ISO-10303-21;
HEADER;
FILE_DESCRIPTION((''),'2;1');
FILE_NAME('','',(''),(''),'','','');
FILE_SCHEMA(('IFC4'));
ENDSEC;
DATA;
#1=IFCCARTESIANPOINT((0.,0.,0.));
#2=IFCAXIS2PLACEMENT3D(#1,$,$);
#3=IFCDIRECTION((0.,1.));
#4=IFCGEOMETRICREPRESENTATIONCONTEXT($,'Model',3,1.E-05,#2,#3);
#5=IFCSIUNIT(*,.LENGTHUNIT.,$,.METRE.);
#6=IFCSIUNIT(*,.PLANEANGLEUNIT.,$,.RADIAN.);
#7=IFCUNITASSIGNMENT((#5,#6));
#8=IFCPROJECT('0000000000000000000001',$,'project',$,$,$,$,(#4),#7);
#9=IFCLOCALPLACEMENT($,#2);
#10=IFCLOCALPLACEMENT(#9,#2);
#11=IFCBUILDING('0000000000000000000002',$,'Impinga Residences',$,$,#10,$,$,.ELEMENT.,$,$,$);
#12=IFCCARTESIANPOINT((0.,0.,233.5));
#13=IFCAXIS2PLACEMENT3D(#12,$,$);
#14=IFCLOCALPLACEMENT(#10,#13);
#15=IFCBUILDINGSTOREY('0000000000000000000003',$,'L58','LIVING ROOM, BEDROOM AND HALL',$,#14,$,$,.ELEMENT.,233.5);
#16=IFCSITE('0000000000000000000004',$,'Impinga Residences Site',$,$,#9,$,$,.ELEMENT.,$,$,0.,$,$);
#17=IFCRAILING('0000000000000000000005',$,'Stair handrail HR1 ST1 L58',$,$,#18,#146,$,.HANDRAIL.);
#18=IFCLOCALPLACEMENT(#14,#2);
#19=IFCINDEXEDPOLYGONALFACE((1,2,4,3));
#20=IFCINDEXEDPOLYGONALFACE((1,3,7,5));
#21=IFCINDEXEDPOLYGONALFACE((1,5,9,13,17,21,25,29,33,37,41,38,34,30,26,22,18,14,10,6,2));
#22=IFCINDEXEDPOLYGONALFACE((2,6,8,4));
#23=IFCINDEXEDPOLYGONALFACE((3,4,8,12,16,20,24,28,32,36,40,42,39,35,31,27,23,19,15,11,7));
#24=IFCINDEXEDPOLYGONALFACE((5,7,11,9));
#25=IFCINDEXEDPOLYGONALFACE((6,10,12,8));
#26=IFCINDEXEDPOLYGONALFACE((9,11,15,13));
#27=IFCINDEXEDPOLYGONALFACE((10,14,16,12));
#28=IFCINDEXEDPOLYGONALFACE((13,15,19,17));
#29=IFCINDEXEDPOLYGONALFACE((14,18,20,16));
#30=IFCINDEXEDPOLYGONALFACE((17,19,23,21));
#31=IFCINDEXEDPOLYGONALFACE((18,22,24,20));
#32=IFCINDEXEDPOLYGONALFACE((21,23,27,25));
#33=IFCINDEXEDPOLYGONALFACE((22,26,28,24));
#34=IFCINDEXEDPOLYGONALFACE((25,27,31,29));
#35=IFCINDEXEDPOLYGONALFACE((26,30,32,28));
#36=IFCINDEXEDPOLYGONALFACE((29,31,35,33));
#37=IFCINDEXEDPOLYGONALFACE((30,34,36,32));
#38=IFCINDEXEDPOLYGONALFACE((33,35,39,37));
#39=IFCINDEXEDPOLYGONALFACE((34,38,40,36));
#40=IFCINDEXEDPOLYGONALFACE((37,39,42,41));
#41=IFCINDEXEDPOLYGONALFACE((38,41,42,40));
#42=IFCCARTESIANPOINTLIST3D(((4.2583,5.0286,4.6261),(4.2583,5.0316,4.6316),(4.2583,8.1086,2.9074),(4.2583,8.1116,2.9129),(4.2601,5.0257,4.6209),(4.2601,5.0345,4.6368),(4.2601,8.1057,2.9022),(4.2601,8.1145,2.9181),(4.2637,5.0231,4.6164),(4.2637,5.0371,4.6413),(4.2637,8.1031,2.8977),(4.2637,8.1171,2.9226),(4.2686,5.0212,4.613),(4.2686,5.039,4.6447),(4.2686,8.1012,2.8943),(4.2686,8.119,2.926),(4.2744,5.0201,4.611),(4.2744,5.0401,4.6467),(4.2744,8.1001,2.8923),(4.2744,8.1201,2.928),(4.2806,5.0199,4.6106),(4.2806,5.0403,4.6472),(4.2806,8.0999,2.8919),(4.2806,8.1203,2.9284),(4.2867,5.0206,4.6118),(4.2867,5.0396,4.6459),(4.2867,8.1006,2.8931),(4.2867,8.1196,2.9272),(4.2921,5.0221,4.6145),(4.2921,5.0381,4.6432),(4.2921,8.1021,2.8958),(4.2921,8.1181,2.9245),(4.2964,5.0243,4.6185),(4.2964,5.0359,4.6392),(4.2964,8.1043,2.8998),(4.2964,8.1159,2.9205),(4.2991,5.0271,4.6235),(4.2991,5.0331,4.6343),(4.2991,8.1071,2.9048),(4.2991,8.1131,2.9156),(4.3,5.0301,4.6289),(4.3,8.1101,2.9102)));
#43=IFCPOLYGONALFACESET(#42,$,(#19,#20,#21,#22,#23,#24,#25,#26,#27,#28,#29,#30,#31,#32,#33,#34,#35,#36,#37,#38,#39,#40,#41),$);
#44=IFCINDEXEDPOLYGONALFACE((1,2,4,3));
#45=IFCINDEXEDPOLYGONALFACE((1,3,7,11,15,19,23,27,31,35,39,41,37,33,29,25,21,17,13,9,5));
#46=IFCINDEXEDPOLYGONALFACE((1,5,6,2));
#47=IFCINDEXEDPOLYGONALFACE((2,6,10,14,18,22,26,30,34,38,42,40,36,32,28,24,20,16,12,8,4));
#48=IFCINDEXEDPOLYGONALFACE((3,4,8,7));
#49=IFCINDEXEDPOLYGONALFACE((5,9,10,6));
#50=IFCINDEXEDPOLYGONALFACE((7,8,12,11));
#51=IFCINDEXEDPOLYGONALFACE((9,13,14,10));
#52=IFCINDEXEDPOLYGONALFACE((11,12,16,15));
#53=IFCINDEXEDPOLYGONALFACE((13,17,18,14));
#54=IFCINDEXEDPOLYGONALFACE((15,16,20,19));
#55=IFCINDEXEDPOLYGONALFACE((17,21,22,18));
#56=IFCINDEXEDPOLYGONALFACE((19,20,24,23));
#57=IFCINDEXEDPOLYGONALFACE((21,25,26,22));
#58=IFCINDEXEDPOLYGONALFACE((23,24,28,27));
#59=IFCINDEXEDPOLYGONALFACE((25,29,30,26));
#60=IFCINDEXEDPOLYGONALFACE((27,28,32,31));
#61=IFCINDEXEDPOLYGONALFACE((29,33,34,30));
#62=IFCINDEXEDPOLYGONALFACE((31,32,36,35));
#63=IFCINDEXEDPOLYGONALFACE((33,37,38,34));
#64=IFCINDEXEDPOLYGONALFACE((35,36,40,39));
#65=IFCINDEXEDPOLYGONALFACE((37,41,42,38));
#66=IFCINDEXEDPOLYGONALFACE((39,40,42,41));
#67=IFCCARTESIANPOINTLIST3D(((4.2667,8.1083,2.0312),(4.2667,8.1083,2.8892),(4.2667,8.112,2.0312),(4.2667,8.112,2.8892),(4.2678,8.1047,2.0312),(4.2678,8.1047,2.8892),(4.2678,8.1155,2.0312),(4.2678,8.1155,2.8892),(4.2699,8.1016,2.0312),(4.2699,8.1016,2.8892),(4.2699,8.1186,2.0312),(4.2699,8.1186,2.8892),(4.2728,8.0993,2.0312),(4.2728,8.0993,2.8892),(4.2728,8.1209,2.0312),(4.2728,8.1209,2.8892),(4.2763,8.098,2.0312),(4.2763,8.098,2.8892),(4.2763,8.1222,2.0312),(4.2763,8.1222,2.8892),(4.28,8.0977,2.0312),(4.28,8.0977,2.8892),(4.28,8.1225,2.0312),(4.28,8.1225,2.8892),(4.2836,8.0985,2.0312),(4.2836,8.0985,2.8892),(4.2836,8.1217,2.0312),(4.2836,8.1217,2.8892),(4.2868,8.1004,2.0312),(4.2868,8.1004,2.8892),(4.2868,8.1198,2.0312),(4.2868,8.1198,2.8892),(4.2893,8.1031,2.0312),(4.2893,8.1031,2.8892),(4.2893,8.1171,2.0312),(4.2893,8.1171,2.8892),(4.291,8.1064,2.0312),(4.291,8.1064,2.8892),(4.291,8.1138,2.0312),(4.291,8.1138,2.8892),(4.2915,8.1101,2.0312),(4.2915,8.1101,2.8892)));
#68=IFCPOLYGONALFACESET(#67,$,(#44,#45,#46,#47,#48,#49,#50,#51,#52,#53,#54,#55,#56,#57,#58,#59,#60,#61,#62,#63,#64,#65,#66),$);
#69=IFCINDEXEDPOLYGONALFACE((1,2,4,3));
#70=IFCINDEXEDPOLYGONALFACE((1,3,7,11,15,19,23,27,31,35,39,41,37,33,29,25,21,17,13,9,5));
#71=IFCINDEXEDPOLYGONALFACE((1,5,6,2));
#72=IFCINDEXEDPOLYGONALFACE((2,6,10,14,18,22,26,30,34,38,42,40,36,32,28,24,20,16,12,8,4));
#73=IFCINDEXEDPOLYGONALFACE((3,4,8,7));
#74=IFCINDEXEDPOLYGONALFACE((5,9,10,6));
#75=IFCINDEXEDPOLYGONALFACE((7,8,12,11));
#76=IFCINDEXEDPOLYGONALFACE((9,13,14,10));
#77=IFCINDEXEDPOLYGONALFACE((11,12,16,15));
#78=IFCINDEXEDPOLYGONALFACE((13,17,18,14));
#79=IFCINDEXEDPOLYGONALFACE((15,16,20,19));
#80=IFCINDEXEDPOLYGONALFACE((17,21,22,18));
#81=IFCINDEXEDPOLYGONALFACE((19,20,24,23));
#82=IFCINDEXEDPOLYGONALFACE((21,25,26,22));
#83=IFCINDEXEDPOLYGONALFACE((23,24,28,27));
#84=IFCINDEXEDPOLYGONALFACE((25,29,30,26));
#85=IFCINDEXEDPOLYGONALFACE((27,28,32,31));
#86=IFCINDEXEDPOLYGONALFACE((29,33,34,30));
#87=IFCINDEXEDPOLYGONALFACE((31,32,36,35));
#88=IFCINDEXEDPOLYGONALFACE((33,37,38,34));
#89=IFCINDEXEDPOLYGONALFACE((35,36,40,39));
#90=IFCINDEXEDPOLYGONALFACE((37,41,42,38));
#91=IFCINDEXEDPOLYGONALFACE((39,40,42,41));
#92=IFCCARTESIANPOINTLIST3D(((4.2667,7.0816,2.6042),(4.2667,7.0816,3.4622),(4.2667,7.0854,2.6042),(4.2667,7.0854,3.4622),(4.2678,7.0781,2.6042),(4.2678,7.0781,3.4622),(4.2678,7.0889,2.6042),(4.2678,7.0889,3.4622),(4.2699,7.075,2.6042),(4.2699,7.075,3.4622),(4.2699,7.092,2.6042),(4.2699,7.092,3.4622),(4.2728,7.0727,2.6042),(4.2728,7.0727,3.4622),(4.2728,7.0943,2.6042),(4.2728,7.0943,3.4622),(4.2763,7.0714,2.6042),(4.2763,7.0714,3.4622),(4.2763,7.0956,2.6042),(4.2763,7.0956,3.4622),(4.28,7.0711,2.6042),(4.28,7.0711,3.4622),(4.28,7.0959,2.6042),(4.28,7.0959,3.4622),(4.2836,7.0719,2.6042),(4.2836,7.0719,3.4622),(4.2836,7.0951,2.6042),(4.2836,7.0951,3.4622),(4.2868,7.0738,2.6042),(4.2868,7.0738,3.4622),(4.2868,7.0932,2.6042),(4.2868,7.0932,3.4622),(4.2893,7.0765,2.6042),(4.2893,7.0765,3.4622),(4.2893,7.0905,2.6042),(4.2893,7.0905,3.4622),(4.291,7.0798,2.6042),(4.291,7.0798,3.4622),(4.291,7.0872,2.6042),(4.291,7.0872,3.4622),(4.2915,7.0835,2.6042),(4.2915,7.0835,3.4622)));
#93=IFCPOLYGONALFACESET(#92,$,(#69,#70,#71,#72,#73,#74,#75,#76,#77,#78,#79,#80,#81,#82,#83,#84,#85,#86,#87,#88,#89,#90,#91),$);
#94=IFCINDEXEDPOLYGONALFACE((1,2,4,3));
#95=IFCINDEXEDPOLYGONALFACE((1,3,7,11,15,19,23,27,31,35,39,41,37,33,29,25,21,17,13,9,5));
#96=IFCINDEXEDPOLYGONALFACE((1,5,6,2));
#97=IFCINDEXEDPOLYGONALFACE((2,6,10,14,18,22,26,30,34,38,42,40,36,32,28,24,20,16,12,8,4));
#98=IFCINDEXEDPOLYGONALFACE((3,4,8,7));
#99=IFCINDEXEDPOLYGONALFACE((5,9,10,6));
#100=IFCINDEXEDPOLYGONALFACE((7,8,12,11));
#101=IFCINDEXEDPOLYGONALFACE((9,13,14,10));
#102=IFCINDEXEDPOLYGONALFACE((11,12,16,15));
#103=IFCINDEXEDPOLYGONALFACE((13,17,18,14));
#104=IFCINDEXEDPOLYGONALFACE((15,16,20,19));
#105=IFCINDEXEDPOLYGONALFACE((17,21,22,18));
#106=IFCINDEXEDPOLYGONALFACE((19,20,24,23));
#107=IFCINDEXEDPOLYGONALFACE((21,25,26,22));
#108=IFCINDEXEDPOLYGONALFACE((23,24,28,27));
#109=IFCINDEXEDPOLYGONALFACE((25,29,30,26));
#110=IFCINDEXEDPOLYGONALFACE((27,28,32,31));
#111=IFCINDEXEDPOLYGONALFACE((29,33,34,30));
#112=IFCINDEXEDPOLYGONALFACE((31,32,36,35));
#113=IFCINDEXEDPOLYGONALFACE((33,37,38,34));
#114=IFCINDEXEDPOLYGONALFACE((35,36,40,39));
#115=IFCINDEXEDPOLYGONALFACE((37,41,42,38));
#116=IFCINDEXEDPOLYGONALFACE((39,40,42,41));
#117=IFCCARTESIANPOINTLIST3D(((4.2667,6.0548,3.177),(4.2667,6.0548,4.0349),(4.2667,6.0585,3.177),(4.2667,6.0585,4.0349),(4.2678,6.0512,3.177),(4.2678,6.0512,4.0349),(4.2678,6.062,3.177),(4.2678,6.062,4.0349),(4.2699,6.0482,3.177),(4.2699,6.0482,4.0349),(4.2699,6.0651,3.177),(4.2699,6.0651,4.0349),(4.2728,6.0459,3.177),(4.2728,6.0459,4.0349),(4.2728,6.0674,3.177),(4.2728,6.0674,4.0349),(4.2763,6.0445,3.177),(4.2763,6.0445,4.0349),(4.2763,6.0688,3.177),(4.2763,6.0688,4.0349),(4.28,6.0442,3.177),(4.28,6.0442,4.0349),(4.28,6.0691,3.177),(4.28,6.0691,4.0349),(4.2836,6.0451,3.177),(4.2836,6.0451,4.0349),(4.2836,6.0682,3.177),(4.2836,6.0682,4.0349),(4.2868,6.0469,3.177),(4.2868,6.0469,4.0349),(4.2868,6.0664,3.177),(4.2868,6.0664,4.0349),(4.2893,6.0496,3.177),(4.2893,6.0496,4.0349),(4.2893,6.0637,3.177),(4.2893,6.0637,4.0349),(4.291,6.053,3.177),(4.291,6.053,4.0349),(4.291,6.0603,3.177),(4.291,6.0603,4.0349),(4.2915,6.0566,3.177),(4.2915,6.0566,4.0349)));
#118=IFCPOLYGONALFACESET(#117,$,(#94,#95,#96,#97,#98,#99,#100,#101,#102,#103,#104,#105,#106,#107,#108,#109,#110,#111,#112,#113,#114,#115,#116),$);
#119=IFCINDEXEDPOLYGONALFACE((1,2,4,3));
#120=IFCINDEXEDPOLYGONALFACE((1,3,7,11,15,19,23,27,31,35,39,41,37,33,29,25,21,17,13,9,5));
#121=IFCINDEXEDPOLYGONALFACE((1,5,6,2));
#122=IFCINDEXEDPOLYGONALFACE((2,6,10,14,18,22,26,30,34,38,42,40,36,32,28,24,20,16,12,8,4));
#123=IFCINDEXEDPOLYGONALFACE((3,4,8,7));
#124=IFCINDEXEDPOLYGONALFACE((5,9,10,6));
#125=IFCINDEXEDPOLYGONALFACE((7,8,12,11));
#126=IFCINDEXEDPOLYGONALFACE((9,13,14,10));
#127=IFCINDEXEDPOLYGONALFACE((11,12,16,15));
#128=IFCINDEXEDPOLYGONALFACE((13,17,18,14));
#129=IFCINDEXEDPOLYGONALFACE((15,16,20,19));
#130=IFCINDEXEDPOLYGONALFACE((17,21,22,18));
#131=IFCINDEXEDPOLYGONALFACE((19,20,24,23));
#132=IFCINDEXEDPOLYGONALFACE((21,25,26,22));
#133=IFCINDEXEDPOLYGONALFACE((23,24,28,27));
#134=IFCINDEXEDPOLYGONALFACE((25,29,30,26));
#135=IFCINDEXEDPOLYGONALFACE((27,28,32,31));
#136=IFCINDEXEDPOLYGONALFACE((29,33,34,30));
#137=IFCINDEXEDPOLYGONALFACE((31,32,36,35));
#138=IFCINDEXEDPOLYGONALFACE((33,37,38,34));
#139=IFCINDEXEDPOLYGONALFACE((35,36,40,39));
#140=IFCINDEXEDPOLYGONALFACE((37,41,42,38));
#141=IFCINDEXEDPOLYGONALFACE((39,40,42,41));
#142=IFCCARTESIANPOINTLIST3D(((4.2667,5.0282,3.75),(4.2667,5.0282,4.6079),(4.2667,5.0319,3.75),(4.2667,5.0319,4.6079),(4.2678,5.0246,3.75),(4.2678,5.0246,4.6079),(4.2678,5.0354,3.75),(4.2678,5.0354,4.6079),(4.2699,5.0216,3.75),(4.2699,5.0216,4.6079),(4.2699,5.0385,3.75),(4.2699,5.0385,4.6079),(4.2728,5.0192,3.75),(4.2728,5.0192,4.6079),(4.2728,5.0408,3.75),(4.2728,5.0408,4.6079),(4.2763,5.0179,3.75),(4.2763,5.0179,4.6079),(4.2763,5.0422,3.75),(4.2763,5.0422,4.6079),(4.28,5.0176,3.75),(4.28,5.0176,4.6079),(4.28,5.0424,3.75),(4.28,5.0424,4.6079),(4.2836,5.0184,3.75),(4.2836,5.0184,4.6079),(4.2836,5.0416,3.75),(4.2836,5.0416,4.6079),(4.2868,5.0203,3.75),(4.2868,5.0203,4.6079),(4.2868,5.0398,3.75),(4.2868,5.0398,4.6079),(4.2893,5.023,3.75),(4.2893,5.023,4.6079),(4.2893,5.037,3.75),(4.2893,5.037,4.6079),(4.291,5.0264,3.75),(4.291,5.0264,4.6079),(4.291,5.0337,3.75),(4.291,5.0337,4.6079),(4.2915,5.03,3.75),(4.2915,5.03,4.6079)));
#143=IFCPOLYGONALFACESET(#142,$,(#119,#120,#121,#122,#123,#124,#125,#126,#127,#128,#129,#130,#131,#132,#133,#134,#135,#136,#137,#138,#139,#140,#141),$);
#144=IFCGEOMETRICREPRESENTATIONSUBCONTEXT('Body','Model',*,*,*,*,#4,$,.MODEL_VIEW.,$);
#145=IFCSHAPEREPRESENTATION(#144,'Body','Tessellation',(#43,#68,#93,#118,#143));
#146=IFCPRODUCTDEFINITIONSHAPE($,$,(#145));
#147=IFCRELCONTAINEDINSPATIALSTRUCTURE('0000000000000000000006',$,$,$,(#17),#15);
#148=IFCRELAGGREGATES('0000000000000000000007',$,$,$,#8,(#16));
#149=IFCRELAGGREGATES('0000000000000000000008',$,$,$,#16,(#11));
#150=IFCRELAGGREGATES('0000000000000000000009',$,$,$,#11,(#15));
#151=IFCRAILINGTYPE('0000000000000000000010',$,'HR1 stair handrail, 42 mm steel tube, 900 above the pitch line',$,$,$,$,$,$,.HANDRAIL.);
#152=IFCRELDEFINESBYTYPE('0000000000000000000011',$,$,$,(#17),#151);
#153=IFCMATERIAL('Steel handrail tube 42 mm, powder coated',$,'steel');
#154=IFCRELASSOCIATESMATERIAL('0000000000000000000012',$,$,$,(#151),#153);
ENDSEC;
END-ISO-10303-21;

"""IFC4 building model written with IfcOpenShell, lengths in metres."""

from ifc_helpers import new_model, si_unit, direction, frame, origin, origin_2d, place, context, subcontext, project, spatial, circle, extrude, material, type_object, element, save


model = new_model("IFC4")

# Units and contexts
model_context = context("Model", 3, precision=1e-05, world=origin(), true_north=direction((0.0, 1.0)))
body_context = subcontext(model_context, "Body", "Model", "MODEL_VIEW")
ifc_project = project(units=[si_unit("LENGTHUNIT", "METRE"), si_unit("PLANEANGLEUNIT", "RADIAN")], contexts=[model_context])

# Site, building, storey
site_placement = place(None, origin())
site = spatial("IfcSite", under=ifc_project, at=site_placement, Name="Impinga Residences Site", CompositionType="ELEMENT", RefElevation=0.0)
building_placement = place(site_placement, origin())
building = spatial("IfcBuilding", under=site, at=building_placement, Name="Impinga Residences", CompositionType="ELEMENT")
storey_placement = place(building_placement, frame((0.0, 0.0, 233.5)))
storey = spatial("IfcBuildingStorey", under=building, at=storey_placement, Name="L58", Description="LIVING ROOM, BEDROOM AND HALL", CompositionType="ELEMENT", Elevation=233.5)

# Railing
ifc_material_1 = material(Name="Steel handrail tube 42 mm, powder coated", Category="steel")
railing_type = type_object("IfcRailingType", Name="HR1 stair handrail, 42 mm steel tube, 900 above the pitch line", PredefinedType="HANDRAIL", material=ifc_material_1)
railing_placement = place(storey_placement, frame((4.2791, 8.1101, 2.0312)))
element("IfcRailing", 1, at=railing_placement, inside=storey, type_object=railing_type, Name="Stair handrail HR1 ST1 L58", PredefinedType="HANDRAIL", context=body_context, shape_type="SweptSolid", body=[
    extrude(circle(Radius=0.021, at=origin_2d()), frame((0.0, 0.0, 0.8789), z_axis=(0.0, -0.873242, 0.487288), x_axis=(1.0, 0.0, 0.0)), (0.0, 0.0, 1.0), 3.5271),
    extrude(circle(Radius=0.0125, at=origin_2d()), origin(), (0.0, 0.0, 1.0), 0.8579),
    extrude(circle(Radius=0.0125, at=origin_2d()), frame((0.0, -1.0266, 0.573)), (0.0, 0.0, 1.0), 0.8579),
    extrude(circle(Radius=0.0125, at=origin_2d()), frame((0.0, -2.0535, 1.1458)), (0.0, 0.0, 1.0), 0.8579),
    extrude(circle(Radius=0.0125, at=origin_2d()), frame((0.0, -3.0801, 1.7188)), (0.0, 0.0, 1.0), 0.8579),
])

save(model, "model.ifc")
